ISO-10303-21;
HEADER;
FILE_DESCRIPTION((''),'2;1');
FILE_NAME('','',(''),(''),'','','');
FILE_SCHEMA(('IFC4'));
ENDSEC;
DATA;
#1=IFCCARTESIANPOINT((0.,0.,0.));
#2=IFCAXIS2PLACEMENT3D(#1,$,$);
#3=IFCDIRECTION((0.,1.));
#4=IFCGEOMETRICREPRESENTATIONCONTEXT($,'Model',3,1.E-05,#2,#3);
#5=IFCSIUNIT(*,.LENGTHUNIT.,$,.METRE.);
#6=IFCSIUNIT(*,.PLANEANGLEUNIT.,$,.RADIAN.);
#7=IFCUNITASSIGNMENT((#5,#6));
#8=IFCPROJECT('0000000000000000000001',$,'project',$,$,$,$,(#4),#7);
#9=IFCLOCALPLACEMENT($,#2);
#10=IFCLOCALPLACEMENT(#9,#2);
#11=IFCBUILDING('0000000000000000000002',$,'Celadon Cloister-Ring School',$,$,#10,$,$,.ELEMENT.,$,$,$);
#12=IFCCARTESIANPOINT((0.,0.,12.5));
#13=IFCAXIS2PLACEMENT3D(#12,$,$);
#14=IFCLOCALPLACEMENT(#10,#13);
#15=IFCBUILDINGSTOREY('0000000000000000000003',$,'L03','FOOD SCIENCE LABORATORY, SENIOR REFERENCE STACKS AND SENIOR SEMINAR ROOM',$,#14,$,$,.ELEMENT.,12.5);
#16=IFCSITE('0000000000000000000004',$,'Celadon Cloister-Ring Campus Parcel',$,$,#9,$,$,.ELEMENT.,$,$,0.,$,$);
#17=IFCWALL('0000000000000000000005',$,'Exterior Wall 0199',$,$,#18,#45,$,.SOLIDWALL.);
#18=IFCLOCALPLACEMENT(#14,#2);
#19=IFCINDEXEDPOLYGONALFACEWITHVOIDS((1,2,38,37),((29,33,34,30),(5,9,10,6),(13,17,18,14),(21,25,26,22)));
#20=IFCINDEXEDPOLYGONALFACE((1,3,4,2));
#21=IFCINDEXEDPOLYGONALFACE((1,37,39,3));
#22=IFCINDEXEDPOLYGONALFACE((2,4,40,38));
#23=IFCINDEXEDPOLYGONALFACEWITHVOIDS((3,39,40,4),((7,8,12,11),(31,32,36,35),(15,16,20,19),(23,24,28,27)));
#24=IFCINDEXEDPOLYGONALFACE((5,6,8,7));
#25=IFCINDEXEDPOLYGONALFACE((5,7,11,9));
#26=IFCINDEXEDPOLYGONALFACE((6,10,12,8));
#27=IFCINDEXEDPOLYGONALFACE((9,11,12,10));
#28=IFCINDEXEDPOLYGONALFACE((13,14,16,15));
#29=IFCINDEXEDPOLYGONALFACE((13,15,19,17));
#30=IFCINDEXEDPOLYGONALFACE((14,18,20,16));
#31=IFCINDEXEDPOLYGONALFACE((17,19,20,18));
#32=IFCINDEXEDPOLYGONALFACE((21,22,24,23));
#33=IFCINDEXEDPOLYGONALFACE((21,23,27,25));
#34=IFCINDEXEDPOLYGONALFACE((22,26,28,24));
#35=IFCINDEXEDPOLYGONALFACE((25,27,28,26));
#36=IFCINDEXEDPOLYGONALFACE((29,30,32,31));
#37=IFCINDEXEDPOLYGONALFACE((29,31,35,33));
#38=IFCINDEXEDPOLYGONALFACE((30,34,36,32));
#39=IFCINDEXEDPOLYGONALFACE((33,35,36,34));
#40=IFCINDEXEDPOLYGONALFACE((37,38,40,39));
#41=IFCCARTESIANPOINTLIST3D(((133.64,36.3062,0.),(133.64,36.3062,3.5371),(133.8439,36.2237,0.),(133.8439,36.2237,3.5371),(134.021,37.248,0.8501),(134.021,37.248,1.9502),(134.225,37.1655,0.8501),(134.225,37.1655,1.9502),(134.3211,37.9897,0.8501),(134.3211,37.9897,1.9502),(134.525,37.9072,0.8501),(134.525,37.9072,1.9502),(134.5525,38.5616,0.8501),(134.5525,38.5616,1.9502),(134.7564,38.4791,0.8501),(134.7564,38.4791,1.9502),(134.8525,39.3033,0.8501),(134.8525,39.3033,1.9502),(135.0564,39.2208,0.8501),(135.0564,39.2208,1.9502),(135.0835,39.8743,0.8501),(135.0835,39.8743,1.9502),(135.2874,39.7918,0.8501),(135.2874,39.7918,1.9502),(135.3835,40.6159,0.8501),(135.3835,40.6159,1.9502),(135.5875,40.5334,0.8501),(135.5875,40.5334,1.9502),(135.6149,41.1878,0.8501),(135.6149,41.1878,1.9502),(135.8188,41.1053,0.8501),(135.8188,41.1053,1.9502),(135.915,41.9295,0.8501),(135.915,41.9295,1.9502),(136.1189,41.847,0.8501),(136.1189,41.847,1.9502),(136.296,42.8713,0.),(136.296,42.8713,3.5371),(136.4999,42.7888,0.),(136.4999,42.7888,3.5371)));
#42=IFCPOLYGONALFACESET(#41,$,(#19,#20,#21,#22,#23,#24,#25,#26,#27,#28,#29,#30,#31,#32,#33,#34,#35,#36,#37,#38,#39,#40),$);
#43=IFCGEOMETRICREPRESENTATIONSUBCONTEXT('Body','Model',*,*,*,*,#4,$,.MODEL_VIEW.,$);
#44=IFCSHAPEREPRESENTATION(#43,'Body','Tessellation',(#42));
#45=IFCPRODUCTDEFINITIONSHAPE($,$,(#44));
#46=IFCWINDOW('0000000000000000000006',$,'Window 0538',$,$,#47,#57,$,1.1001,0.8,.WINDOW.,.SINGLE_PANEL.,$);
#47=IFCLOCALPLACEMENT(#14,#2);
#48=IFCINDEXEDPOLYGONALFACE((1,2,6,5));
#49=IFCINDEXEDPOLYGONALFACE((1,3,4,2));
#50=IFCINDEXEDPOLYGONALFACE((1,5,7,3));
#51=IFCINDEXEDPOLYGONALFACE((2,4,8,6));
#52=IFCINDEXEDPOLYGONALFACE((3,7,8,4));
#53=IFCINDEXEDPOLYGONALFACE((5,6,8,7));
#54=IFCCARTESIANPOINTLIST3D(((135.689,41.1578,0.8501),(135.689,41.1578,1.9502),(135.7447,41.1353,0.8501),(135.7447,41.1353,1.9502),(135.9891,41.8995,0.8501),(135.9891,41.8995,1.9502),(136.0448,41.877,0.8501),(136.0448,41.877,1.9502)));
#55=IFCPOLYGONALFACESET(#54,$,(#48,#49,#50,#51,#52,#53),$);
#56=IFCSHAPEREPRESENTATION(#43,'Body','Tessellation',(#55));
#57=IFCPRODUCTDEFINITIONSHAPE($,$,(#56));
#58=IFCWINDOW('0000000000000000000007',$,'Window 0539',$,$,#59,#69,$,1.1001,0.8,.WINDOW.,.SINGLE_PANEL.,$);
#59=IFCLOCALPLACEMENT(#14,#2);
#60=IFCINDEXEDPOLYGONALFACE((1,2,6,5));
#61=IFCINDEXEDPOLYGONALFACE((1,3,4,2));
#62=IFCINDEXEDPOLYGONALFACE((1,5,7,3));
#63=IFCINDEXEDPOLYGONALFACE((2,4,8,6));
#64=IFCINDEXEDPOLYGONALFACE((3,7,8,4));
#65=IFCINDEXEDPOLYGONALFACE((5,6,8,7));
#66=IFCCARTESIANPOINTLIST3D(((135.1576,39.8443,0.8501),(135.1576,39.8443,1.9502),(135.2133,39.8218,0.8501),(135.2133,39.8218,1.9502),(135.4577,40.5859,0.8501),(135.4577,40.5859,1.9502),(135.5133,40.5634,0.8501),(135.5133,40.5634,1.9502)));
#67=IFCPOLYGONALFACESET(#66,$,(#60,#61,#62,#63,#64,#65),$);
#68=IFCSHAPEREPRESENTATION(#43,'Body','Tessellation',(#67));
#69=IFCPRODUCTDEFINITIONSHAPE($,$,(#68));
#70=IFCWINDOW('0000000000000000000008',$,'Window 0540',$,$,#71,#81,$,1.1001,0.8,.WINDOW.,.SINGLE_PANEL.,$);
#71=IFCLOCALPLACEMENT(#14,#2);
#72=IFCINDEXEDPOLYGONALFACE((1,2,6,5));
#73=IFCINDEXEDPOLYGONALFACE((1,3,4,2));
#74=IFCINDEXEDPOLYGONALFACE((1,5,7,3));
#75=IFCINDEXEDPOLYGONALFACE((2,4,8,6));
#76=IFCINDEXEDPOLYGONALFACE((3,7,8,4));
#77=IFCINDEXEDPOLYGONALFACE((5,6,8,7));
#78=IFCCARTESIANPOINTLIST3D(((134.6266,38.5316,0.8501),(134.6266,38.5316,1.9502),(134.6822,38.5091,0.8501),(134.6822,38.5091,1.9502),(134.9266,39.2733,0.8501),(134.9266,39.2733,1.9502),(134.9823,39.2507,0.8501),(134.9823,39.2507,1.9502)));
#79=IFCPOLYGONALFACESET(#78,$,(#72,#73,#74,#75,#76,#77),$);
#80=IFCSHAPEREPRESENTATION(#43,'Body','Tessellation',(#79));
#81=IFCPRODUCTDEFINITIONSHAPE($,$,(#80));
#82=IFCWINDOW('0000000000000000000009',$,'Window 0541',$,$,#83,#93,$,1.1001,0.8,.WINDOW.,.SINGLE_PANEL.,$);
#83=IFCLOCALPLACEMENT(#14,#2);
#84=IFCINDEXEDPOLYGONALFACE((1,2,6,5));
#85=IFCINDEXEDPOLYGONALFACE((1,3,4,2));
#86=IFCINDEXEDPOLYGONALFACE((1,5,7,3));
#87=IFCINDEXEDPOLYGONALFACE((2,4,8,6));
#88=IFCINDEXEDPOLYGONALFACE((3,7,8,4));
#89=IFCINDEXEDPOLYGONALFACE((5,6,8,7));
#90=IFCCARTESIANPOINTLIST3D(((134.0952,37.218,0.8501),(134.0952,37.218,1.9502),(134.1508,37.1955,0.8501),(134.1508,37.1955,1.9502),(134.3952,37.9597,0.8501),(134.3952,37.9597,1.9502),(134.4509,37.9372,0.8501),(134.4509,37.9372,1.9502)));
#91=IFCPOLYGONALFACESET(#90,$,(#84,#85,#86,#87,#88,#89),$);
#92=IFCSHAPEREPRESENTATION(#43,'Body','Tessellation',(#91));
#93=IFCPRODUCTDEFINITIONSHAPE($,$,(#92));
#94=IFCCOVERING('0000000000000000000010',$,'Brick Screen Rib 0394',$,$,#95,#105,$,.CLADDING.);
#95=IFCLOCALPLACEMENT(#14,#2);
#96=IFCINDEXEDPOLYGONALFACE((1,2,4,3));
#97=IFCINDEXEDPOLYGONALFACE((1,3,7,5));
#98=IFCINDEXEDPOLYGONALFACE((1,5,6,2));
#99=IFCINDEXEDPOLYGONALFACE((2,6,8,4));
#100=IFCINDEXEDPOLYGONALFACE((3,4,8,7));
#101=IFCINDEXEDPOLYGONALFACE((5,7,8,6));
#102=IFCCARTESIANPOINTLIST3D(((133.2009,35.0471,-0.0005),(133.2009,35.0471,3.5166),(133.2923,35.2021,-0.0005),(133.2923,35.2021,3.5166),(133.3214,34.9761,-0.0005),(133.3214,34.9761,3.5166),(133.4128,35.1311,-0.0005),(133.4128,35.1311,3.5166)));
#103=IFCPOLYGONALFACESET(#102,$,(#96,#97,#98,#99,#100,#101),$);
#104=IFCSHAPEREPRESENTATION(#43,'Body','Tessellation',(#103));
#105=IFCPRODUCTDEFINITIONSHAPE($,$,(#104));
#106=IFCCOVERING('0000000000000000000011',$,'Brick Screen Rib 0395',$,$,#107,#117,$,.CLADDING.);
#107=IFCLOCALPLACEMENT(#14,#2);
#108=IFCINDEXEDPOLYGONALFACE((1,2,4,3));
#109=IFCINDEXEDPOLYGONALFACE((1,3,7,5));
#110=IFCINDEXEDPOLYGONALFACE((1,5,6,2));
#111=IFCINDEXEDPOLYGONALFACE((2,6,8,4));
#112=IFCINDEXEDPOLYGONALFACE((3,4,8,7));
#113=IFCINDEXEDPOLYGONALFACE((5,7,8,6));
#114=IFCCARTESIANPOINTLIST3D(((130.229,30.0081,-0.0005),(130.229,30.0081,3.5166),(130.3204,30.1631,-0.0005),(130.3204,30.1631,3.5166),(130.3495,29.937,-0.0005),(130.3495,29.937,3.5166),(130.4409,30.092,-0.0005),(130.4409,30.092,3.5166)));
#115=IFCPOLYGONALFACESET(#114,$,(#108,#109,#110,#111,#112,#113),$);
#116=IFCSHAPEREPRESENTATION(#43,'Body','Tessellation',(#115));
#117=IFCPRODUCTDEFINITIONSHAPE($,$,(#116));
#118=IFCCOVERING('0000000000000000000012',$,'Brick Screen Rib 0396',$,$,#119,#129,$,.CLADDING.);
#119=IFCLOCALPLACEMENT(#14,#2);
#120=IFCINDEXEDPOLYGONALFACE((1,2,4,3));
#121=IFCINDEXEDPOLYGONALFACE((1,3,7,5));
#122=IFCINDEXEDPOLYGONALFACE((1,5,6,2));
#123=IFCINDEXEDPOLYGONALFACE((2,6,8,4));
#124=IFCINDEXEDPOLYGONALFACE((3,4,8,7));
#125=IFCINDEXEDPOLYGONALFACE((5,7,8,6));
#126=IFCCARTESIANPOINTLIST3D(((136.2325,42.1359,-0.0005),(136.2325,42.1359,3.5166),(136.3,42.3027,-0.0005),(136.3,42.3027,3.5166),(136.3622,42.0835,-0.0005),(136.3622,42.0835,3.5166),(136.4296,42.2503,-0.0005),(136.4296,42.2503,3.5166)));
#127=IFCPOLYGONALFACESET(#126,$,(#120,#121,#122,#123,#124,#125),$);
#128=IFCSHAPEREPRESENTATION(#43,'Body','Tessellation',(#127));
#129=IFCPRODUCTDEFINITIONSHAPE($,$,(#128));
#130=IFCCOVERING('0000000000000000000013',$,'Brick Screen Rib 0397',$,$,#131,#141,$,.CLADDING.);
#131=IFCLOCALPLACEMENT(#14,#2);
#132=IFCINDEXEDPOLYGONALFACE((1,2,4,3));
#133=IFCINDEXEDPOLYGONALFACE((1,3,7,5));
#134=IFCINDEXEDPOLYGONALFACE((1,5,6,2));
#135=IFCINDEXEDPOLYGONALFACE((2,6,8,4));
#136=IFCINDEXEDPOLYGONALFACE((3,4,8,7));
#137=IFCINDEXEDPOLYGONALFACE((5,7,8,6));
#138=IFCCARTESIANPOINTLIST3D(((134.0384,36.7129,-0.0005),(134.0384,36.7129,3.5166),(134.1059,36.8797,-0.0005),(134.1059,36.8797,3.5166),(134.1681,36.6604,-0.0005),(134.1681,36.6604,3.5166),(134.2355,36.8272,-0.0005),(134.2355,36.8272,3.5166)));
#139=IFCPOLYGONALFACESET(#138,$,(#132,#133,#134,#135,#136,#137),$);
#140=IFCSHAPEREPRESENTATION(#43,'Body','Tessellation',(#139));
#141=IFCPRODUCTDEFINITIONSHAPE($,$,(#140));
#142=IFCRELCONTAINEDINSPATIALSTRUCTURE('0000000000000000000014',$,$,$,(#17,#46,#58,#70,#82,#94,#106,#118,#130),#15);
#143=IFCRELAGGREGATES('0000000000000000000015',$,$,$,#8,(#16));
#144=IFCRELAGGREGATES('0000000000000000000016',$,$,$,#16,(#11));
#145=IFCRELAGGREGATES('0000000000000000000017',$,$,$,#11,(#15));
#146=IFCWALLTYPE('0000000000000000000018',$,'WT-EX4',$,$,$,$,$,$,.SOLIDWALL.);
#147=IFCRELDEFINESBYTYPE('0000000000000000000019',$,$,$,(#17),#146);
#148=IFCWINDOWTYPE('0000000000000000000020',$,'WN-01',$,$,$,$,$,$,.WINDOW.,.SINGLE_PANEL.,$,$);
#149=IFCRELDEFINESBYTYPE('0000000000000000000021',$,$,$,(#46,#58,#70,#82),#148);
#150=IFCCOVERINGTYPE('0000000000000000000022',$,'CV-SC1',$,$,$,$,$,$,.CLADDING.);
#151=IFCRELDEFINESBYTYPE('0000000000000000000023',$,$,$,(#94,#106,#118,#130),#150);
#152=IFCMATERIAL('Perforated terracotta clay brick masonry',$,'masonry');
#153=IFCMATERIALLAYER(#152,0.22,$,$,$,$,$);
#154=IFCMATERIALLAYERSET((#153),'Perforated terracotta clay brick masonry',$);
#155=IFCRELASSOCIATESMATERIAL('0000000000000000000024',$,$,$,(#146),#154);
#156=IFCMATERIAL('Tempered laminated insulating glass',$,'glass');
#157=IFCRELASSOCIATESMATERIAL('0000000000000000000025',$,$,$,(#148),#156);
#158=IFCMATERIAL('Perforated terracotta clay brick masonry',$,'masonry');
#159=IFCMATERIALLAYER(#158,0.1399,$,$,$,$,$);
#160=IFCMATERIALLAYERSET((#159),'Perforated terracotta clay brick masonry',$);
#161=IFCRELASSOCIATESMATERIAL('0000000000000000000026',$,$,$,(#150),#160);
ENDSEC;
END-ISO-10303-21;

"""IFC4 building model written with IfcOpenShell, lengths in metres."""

from ifc_helpers import new_model, si_unit, direction, frame, frame_2d, origin, origin_2d, place, context, subcontext, project, spatial, rectangle, extrude, material, layer, layer_set, type_object, element, fill, save


model = new_model("IFC4")

# Units and contexts
model_context = context("Model", 3, precision=1e-05, world=origin(), true_north=direction((0.0, 1.0)))
body_context = subcontext(model_context, "Body", "Model", "MODEL_VIEW")
ifc_project = project(units=[si_unit("LENGTHUNIT", "METRE"), si_unit("PLANEANGLEUNIT", "RADIAN")], contexts=[model_context])

# Site, building, storey
site_placement = place(None, origin())
site = spatial("IfcSite", under=ifc_project, at=site_placement, Name="Celadon Cloister-Ring Campus Parcel", CompositionType="ELEMENT", RefElevation=0.0)
building_placement = place(site_placement, origin())
building = spatial("IfcBuilding", under=site, at=building_placement, Name="Celadon Cloister-Ring School", CompositionType="ELEMENT")
storey_placement = place(building_placement, frame((0.0, 0.0, 12.5)))
storey = spatial("IfcBuildingStorey", under=building, at=storey_placement, Name="L03", Description="FOOD SCIENCE LABORATORY, SENIOR REFERENCE STACKS AND SENIOR SEMINAR ROOM", CompositionType="ELEMENT", Elevation=12.5)

# Wall, openings, windows
ifc_material_1 = material(Name="Perforated terracotta clay brick masonry", Category="masonry")
ifc_layer_1 = layer(ifc_material_1, 0.22)
ifc_layer_set_1 = layer_set([ifc_layer_1], Name="Perforated terracotta clay brick masonry")
wall_type_1 = type_object("IfcWallType", Name="WT-EX4", PredefinedType="SOLIDWALL", material=ifc_layer_set_1)
ifc_material_2 = material(Name="Tempered laminated insulating glass", Category="glass")
window_type = type_object("IfcWindowType", Name="WN-01", PartitioningType="SINGLE_PANEL", PredefinedType="WINDOW", material=ifc_material_2)
wall_1_placement = place(storey_placement, frame((136.3979, 42.8301, 0.0), z_axis=(0.0, 0.0, 1.0), x_axis=(-0.375031, -0.927012, 0.0)))
wall_1 = element("IfcWall", 1, at=wall_1_placement, inside=storey, type_object=wall_type_1, Name="Exterior Wall 0199", PredefinedType="SOLIDWALL", context=body_context, shape_type="SweptSolid", body=[
    extrude(rectangle(XDim=7.082, YDim=0.22, at=frame_2d((3.541, 0.0))), origin(), (0.0, 0.0, 1.0), 3.5371),
])
opening_1_placement = place(wall_1_placement, frame((1.0161, 0.0, 0.8501)))
opening_1 = element("IfcOpeningElement", 2, at=opening_1_placement, cuts=wall_1, PredefinedType="OPENING", context=body_context, shape_type="SweptSolid", body=[
    extrude(rectangle(XDim=0.8, YDim=1.1001, at=frame_2d((0.3999, 0.55))), frame((0.0, 0.1201, 0.0), z_axis=(0.0, -1.0, 0.0), x_axis=(1.0, 0.0, 0.0)), (0.0, 0.0, 1.0), 0.24),
])
opening_2_placement = place(wall_1_placement, frame((2.4331, 0.0, 0.8501)))
opening_2 = element("IfcOpeningElement", 3, at=opening_2_placement, cuts=wall_1, PredefinedType="OPENING", context=body_context, shape_type="SweptSolid", body=[
    extrude(rectangle(XDim=0.8, YDim=1.1001, at=frame_2d((0.3999, 0.55))), frame((0.0, 0.1201, 0.0), z_axis=(0.0, -1.0, 0.0), x_axis=(1.0, 0.0, 0.0)), (0.0, 0.0, 1.0), 0.24),
])
opening_3_placement = place(wall_1_placement, frame((3.8491, 0.0, 0.8501)))
opening_3 = element("IfcOpeningElement", 4, at=opening_3_placement, cuts=wall_1, PredefinedType="OPENING", context=body_context, shape_type="SweptSolid", body=[
    extrude(rectangle(XDim=0.8, YDim=1.1001, at=frame_2d((0.3999, 0.55))), frame((0.0, 0.1201, 0.0), z_axis=(0.0, -1.0, 0.0), x_axis=(1.0, 0.0, 0.0)), (0.0, 0.0, 1.0), 0.24),
])
opening_4_placement = place(wall_1_placement, frame((5.2661, 0.0, 0.8501)))
opening_4 = element("IfcOpeningElement", 5, at=opening_4_placement, cuts=wall_1, PredefinedType="OPENING", context=body_context, shape_type="SweptSolid", body=[
    extrude(rectangle(XDim=0.8, YDim=1.1001, at=frame_2d((0.3999, 0.55))), frame((0.0, 0.1201, 0.0), z_axis=(0.0, -1.0, 0.0), x_axis=(1.0, 0.0, 0.0)), (0.0, 0.0, 1.0), 0.24),
])
window_1_placement = place(opening_1_placement, origin())
window_1 = element("IfcWindow", 6, at=window_1_placement, inside=storey, type_object=window_type, Name="Window 0538", OverallHeight=1.1001, OverallWidth=0.8, PartitioningType="SINGLE_PANEL", PredefinedType="WINDOW", context=body_context, shape_type="SweptSolid", body=[
    extrude(rectangle(XDim=0.8, YDim=1.1001, at=frame_2d((0.3999, 0.55))), frame((0.0, 0.03, 0.0), z_axis=(0.0, -1.0, 0.0), x_axis=(1.0, 0.0, 0.0)), (0.0, 0.0, 1.0), 0.0601),
])
fill(opening_1, window_1)
window_2_placement = place(opening_2_placement, origin())
window_2 = element("IfcWindow", 7, at=window_2_placement, inside=storey, type_object=window_type, Name="Window 0539", OverallHeight=1.1001, OverallWidth=0.8, PartitioningType="SINGLE_PANEL", PredefinedType="WINDOW", context=body_context, shape_type="SweptSolid", body=[
    extrude(rectangle(XDim=0.8, YDim=1.1001, at=frame_2d((0.3999, 0.55))), frame((0.0, 0.03, 0.0), z_axis=(0.0, -1.0, 0.0), x_axis=(1.0, 0.0, 0.0)), (0.0, 0.0, 1.0), 0.0601),
])
fill(opening_2, window_2)
window_3_placement = place(opening_3_placement, origin())
window_3 = element("IfcWindow", 8, at=window_3_placement, inside=storey, type_object=window_type, Name="Window 0540", OverallHeight=1.1001, OverallWidth=0.8, PartitioningType="SINGLE_PANEL", PredefinedType="WINDOW", context=body_context, shape_type="SweptSolid", body=[
    extrude(rectangle(XDim=0.8, YDim=1.1001, at=frame_2d((0.3999, 0.55))), frame((0.0, 0.03, 0.0), z_axis=(0.0, -1.0, 0.0), x_axis=(1.0, 0.0, 0.0)), (0.0, 0.0, 1.0), 0.0601),
])
fill(opening_3, window_3)
window_4_placement = place(opening_4_placement, origin())
window_4 = element("IfcWindow", 9, at=window_4_placement, inside=storey, type_object=window_type, Name="Window 0541", OverallHeight=1.1001, OverallWidth=0.8, PartitioningType="SINGLE_PANEL", PredefinedType="WINDOW", context=body_context, shape_type="SweptSolid", body=[
    extrude(rectangle(XDim=0.8, YDim=1.1001, at=frame_2d((0.3999, 0.55))), frame((0.0, 0.03, 0.0), z_axis=(0.0, -1.0, 0.0), x_axis=(1.0, 0.0, 0.0)), (0.0, 0.0, 1.0), 0.0601),
])
fill(opening_4, window_4)

# Coverings
ifc_material_3 = material(Name="Perforated terracotta clay brick masonry", Category="masonry")
ifc_layer_2 = layer(ifc_material_3, 0.1399)
ifc_layer_set_2 = layer_set([ifc_layer_2], Name="Perforated terracotta clay brick masonry")
covering_type = type_object("IfcCoveringType", Name="CV-SC1", PredefinedType="CLADDING", material=ifc_layer_set_2)
for number, where, z_axis, x_axis, name in (
    (10, (133.3069, 35.0891, -0.0005), (0.0, 0.0, 1.0), (-0.507944, -0.86139, 0.0), "Brick Screen Rib 0394"),
    (11, (130.335, 30.05, -0.0005), (0.0, 0.0, 1.0), (-0.507944, -0.86139, 0.0), "Brick Screen Rib 0395"),
    (12, (136.3311, 42.1931, -0.0005), (0.0, 0.0, 1.0), (-0.375043, -0.927007, 0.0), "Brick Screen Rib 0396"),
    (13, (134.137, 36.77, -0.0005), (0.0, 0.0, 1.0), (-0.375043, -0.927007, 0.0), "Brick Screen Rib 0397"),
):
    element("IfcCovering", number, at=place(storey_placement, frame(where, z_axis=z_axis, x_axis=x_axis)), inside=storey, type_object=covering_type, Name=name, PredefinedType="CLADDING", context=body_context, shape_type="SweptSolid", body=[
        extrude(rectangle(XDim=0.1799, YDim=0.1399, at=origin_2d()), origin(), (0.0, 0.0, 1.0), 3.5171),
    ])

save(model, "model.ifc")
